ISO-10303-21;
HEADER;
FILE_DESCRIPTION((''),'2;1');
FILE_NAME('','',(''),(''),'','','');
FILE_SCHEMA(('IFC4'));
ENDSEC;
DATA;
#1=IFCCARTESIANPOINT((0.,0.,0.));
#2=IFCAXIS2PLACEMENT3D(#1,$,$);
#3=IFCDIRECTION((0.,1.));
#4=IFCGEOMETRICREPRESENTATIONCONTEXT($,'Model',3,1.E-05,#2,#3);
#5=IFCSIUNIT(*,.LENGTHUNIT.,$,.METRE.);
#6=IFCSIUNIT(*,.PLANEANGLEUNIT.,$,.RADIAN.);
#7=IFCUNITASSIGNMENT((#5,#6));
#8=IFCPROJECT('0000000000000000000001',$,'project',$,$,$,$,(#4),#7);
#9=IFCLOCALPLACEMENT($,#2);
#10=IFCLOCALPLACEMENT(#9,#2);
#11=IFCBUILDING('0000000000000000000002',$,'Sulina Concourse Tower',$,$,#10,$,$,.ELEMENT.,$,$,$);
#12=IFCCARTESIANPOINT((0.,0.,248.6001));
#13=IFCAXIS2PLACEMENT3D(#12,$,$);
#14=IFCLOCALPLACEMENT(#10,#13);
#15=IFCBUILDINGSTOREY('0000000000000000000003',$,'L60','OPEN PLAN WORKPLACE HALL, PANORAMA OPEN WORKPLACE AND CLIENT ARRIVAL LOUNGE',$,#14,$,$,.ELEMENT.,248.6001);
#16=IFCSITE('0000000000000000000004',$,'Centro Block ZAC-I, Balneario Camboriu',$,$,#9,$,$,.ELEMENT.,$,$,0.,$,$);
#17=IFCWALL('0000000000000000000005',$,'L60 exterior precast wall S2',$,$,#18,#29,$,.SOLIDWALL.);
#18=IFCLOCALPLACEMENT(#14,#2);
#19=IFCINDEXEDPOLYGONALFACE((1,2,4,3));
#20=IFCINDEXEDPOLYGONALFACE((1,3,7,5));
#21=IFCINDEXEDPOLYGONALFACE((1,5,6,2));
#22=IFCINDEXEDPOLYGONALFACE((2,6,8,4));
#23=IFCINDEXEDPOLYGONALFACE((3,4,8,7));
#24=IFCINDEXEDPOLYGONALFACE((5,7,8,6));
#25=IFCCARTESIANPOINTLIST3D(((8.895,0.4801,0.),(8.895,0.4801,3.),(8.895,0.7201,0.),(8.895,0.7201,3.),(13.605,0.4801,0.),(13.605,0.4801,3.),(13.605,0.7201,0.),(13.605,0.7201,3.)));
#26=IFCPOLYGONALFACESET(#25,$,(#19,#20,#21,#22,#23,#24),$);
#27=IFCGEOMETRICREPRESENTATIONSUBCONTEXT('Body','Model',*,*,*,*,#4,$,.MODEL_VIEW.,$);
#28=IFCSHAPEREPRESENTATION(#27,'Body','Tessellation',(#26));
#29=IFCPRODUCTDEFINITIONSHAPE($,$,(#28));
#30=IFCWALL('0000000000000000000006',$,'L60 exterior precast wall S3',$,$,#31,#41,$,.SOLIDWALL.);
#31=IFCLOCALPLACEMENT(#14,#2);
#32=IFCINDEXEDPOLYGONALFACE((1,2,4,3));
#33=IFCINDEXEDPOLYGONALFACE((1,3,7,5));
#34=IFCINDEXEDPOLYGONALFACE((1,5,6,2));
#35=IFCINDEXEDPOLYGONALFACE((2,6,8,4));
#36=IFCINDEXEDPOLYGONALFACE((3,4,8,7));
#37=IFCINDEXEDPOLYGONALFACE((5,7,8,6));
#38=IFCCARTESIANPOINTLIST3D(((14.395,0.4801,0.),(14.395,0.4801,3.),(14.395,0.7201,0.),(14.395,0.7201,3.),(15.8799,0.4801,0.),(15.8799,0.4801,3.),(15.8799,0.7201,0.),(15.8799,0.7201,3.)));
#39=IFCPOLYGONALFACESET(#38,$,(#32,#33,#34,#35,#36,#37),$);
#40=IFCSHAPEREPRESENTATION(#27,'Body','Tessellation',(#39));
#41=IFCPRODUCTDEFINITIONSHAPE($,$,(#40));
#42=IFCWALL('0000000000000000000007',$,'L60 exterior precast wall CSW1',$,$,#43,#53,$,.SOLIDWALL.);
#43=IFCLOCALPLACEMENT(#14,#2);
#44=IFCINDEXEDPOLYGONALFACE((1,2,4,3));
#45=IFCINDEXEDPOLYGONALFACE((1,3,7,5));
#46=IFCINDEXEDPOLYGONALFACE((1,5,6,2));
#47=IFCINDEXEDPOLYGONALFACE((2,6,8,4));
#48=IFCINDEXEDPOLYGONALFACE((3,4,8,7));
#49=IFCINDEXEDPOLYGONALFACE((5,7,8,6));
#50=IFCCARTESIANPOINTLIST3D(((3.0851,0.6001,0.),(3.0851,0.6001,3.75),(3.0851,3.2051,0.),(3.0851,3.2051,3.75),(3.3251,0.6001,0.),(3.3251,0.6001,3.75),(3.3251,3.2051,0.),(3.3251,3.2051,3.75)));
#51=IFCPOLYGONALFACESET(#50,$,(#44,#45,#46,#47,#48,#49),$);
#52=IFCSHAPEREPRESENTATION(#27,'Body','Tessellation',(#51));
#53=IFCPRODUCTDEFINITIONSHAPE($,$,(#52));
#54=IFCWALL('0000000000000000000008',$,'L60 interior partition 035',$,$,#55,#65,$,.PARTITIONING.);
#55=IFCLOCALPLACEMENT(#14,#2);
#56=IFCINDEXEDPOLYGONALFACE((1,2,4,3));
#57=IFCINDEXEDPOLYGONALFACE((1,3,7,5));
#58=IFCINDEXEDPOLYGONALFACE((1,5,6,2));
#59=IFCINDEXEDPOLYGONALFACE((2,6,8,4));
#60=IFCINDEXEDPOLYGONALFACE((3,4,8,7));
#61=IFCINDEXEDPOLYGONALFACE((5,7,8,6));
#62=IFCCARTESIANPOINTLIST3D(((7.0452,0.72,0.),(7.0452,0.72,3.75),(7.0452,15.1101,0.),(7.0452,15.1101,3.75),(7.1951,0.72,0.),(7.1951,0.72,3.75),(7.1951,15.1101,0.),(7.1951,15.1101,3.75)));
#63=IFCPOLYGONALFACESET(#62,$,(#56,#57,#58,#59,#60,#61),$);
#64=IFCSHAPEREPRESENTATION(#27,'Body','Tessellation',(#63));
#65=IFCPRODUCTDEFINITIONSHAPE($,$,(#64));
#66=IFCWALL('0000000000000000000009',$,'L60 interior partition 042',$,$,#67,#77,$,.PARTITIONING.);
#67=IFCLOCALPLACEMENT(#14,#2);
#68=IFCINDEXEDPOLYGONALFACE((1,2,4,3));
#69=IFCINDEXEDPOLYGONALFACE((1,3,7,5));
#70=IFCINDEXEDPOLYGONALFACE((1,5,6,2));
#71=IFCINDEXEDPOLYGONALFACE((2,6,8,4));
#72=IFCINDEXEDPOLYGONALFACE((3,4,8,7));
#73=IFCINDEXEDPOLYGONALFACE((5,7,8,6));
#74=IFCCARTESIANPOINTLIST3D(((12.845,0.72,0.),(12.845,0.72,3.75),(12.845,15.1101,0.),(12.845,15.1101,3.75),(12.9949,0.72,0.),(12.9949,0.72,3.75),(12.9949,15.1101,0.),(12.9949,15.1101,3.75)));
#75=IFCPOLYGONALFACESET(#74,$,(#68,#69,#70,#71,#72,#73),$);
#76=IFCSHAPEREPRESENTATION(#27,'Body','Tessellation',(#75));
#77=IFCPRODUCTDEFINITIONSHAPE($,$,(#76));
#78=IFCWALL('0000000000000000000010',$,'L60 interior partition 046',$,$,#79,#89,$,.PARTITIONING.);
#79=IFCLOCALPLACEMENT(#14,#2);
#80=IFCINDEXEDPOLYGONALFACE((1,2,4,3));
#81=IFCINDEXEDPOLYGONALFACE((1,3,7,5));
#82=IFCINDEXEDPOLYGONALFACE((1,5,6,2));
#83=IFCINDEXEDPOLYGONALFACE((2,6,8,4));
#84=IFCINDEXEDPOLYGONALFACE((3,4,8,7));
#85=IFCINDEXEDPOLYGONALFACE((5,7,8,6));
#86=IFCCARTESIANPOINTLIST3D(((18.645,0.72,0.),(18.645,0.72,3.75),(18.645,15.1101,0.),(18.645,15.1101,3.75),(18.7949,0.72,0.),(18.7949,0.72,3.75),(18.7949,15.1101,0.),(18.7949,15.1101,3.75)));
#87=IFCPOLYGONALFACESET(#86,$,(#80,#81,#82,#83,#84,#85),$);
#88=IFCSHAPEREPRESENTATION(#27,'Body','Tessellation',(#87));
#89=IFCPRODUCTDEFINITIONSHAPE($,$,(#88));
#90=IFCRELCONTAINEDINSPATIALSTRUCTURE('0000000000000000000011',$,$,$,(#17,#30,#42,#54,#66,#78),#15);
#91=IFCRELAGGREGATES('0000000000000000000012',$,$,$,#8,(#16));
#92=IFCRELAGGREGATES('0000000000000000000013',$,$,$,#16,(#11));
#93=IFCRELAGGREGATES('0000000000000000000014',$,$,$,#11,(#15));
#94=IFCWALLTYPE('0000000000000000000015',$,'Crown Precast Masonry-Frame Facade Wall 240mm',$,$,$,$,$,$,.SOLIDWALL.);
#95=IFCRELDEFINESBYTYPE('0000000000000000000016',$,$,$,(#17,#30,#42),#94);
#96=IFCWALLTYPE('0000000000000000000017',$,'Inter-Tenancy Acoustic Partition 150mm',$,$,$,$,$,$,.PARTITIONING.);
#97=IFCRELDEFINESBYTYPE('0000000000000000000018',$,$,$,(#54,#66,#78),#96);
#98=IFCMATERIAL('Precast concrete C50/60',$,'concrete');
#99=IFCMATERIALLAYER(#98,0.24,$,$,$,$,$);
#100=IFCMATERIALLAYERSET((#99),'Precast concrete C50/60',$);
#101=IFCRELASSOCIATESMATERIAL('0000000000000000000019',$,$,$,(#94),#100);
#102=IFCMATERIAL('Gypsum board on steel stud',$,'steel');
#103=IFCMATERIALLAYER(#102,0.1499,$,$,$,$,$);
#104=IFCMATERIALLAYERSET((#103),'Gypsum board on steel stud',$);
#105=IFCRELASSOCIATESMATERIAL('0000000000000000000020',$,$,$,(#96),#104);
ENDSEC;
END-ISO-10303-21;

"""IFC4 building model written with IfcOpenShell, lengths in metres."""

from ifc_helpers import new_model, si_unit, direction, frame, frame_2d, origin, place, context, subcontext, project, spatial, rectangle, extrude, material, layer, layer_set, type_object, element, save


model = new_model("IFC4")

# Units and contexts
model_context = context("Model", 3, precision=1e-05, world=origin(), true_north=direction((0.0, 1.0)))
body_context = subcontext(model_context, "Body", "Model", "MODEL_VIEW")
ifc_project = project(units=[si_unit("LENGTHUNIT", "METRE"), si_unit("PLANEANGLEUNIT", "RADIAN")], contexts=[model_context])

# Site, building, storey
site_placement = place(None, origin())
site = spatial("IfcSite", under=ifc_project, at=site_placement, Name="Centro Block ZAC-I, Balneario Camboriu", CompositionType="ELEMENT", RefElevation=0.0)
building_placement = place(site_placement, origin())
building = spatial("IfcBuilding", under=site, at=building_placement, Name="Sulina Concourse Tower", CompositionType="ELEMENT")
storey_placement = place(building_placement, frame((0.0, 0.0, 248.6001)))
storey = spatial("IfcBuildingStorey", under=building, at=storey_placement, Name="L60", Description="OPEN PLAN WORKPLACE HALL, PANORAMA OPEN WORKPLACE AND CLIENT ARRIVAL LOUNGE", CompositionType="ELEMENT", Elevation=248.6001)

# Walls
ifc_material_1 = material(Name="Precast concrete C50/60", Category="concrete")
ifc_layer_1 = layer(ifc_material_1, 0.24)
ifc_layer_set_1 = layer_set([ifc_layer_1], Name="Precast concrete C50/60")
wall_type_1 = type_object("IfcWallType", Name="Crown Precast Masonry-Frame Facade Wall 240mm", PredefinedType="SOLIDWALL", material=ifc_layer_set_1)
wall_1_placement = place(storey_placement, frame((13.605, 0.6001, 0.0), z_axis=(0.0, 0.0, 1.0), x_axis=(-1.0, 0.0, 0.0)))
element("IfcWall", 1, at=wall_1_placement, inside=storey, type_object=wall_type_1, Name="L60 exterior precast wall S2", PredefinedType="SOLIDWALL", context=body_context, shape_type="SweptSolid", body=[
    extrude(rectangle(XDim=4.71, YDim=0.24, at=frame_2d((2.355, 0.0))), origin(), (0.0, 0.0, 1.0), 3.0),
])
wall_2_placement = place(storey_placement, frame((15.8799, 0.6001, 0.0), z_axis=(0.0, 0.0, 1.0), x_axis=(-1.0, 0.0, 0.0)))
element("IfcWall", 2, at=wall_2_placement, inside=storey, type_object=wall_type_1, Name="L60 exterior precast wall S3", PredefinedType="SOLIDWALL", context=body_context, shape_type="SweptSolid", body=[
    extrude(rectangle(XDim=1.4849, YDim=0.24, at=frame_2d((0.7424, 0.0))), origin(), (0.0, 0.0, 1.0), 3.0),
])
wall_3_placement = place(storey_placement, frame((3.2051, 0.6001, 0.0), z_axis=(0.0, 0.0, 1.0), x_axis=(0.0, 1.0, 0.0)))
element("IfcWall", 3, at=wall_3_placement, inside=storey, type_object=wall_type_1, Name="L60 exterior precast wall CSW1", PredefinedType="SOLIDWALL", context=body_context, shape_type="SweptSolid", body=[
    extrude(rectangle(XDim=2.605, YDim=0.24, at=frame_2d((1.3025, 0.0))), origin(), (0.0, 0.0, 1.0), 3.75),
])
ifc_material_2 = material(Name="Gypsum board on steel stud", Category="steel")
ifc_layer_2 = layer(ifc_material_2, 0.1499)
ifc_layer_set_2 = layer_set([ifc_layer_2], Name="Gypsum board on steel stud")
wall_type_2 = type_object("IfcWallType", Name="Inter-Tenancy Acoustic Partition 150mm", PredefinedType="PARTITIONING", material=ifc_layer_set_2)
for number, where, z_axis, x_axis, name in (
    (4, (7.1201, 0.72, 0.0), (0.0, 0.0, 1.0), (0.0, 1.0, 0.0), "L60 interior partition 035"),
    (5, (12.9199, 0.72, 0.0), (0.0, 0.0, 1.0), (0.0, 1.0, 0.0), "L60 interior partition 042"),
    (6, (18.72, 0.72, 0.0), (0.0, 0.0, 1.0), (0.0, 1.0, 0.0), "L60 interior partition 046"),
):
    element("IfcWall", number, at=place(storey_placement, frame(where, z_axis=z_axis, x_axis=x_axis)), inside=storey, type_object=wall_type_2, Name=name, PredefinedType="PARTITIONING", context=body_context, shape_type="SweptSolid", body=[
        extrude(rectangle(XDim=14.3901, YDim=0.1499, at=frame_2d((7.1951, 0.0))), origin(), (0.0, 0.0, 1.0), 3.75),
    ])

save(model, "model.ifc")
